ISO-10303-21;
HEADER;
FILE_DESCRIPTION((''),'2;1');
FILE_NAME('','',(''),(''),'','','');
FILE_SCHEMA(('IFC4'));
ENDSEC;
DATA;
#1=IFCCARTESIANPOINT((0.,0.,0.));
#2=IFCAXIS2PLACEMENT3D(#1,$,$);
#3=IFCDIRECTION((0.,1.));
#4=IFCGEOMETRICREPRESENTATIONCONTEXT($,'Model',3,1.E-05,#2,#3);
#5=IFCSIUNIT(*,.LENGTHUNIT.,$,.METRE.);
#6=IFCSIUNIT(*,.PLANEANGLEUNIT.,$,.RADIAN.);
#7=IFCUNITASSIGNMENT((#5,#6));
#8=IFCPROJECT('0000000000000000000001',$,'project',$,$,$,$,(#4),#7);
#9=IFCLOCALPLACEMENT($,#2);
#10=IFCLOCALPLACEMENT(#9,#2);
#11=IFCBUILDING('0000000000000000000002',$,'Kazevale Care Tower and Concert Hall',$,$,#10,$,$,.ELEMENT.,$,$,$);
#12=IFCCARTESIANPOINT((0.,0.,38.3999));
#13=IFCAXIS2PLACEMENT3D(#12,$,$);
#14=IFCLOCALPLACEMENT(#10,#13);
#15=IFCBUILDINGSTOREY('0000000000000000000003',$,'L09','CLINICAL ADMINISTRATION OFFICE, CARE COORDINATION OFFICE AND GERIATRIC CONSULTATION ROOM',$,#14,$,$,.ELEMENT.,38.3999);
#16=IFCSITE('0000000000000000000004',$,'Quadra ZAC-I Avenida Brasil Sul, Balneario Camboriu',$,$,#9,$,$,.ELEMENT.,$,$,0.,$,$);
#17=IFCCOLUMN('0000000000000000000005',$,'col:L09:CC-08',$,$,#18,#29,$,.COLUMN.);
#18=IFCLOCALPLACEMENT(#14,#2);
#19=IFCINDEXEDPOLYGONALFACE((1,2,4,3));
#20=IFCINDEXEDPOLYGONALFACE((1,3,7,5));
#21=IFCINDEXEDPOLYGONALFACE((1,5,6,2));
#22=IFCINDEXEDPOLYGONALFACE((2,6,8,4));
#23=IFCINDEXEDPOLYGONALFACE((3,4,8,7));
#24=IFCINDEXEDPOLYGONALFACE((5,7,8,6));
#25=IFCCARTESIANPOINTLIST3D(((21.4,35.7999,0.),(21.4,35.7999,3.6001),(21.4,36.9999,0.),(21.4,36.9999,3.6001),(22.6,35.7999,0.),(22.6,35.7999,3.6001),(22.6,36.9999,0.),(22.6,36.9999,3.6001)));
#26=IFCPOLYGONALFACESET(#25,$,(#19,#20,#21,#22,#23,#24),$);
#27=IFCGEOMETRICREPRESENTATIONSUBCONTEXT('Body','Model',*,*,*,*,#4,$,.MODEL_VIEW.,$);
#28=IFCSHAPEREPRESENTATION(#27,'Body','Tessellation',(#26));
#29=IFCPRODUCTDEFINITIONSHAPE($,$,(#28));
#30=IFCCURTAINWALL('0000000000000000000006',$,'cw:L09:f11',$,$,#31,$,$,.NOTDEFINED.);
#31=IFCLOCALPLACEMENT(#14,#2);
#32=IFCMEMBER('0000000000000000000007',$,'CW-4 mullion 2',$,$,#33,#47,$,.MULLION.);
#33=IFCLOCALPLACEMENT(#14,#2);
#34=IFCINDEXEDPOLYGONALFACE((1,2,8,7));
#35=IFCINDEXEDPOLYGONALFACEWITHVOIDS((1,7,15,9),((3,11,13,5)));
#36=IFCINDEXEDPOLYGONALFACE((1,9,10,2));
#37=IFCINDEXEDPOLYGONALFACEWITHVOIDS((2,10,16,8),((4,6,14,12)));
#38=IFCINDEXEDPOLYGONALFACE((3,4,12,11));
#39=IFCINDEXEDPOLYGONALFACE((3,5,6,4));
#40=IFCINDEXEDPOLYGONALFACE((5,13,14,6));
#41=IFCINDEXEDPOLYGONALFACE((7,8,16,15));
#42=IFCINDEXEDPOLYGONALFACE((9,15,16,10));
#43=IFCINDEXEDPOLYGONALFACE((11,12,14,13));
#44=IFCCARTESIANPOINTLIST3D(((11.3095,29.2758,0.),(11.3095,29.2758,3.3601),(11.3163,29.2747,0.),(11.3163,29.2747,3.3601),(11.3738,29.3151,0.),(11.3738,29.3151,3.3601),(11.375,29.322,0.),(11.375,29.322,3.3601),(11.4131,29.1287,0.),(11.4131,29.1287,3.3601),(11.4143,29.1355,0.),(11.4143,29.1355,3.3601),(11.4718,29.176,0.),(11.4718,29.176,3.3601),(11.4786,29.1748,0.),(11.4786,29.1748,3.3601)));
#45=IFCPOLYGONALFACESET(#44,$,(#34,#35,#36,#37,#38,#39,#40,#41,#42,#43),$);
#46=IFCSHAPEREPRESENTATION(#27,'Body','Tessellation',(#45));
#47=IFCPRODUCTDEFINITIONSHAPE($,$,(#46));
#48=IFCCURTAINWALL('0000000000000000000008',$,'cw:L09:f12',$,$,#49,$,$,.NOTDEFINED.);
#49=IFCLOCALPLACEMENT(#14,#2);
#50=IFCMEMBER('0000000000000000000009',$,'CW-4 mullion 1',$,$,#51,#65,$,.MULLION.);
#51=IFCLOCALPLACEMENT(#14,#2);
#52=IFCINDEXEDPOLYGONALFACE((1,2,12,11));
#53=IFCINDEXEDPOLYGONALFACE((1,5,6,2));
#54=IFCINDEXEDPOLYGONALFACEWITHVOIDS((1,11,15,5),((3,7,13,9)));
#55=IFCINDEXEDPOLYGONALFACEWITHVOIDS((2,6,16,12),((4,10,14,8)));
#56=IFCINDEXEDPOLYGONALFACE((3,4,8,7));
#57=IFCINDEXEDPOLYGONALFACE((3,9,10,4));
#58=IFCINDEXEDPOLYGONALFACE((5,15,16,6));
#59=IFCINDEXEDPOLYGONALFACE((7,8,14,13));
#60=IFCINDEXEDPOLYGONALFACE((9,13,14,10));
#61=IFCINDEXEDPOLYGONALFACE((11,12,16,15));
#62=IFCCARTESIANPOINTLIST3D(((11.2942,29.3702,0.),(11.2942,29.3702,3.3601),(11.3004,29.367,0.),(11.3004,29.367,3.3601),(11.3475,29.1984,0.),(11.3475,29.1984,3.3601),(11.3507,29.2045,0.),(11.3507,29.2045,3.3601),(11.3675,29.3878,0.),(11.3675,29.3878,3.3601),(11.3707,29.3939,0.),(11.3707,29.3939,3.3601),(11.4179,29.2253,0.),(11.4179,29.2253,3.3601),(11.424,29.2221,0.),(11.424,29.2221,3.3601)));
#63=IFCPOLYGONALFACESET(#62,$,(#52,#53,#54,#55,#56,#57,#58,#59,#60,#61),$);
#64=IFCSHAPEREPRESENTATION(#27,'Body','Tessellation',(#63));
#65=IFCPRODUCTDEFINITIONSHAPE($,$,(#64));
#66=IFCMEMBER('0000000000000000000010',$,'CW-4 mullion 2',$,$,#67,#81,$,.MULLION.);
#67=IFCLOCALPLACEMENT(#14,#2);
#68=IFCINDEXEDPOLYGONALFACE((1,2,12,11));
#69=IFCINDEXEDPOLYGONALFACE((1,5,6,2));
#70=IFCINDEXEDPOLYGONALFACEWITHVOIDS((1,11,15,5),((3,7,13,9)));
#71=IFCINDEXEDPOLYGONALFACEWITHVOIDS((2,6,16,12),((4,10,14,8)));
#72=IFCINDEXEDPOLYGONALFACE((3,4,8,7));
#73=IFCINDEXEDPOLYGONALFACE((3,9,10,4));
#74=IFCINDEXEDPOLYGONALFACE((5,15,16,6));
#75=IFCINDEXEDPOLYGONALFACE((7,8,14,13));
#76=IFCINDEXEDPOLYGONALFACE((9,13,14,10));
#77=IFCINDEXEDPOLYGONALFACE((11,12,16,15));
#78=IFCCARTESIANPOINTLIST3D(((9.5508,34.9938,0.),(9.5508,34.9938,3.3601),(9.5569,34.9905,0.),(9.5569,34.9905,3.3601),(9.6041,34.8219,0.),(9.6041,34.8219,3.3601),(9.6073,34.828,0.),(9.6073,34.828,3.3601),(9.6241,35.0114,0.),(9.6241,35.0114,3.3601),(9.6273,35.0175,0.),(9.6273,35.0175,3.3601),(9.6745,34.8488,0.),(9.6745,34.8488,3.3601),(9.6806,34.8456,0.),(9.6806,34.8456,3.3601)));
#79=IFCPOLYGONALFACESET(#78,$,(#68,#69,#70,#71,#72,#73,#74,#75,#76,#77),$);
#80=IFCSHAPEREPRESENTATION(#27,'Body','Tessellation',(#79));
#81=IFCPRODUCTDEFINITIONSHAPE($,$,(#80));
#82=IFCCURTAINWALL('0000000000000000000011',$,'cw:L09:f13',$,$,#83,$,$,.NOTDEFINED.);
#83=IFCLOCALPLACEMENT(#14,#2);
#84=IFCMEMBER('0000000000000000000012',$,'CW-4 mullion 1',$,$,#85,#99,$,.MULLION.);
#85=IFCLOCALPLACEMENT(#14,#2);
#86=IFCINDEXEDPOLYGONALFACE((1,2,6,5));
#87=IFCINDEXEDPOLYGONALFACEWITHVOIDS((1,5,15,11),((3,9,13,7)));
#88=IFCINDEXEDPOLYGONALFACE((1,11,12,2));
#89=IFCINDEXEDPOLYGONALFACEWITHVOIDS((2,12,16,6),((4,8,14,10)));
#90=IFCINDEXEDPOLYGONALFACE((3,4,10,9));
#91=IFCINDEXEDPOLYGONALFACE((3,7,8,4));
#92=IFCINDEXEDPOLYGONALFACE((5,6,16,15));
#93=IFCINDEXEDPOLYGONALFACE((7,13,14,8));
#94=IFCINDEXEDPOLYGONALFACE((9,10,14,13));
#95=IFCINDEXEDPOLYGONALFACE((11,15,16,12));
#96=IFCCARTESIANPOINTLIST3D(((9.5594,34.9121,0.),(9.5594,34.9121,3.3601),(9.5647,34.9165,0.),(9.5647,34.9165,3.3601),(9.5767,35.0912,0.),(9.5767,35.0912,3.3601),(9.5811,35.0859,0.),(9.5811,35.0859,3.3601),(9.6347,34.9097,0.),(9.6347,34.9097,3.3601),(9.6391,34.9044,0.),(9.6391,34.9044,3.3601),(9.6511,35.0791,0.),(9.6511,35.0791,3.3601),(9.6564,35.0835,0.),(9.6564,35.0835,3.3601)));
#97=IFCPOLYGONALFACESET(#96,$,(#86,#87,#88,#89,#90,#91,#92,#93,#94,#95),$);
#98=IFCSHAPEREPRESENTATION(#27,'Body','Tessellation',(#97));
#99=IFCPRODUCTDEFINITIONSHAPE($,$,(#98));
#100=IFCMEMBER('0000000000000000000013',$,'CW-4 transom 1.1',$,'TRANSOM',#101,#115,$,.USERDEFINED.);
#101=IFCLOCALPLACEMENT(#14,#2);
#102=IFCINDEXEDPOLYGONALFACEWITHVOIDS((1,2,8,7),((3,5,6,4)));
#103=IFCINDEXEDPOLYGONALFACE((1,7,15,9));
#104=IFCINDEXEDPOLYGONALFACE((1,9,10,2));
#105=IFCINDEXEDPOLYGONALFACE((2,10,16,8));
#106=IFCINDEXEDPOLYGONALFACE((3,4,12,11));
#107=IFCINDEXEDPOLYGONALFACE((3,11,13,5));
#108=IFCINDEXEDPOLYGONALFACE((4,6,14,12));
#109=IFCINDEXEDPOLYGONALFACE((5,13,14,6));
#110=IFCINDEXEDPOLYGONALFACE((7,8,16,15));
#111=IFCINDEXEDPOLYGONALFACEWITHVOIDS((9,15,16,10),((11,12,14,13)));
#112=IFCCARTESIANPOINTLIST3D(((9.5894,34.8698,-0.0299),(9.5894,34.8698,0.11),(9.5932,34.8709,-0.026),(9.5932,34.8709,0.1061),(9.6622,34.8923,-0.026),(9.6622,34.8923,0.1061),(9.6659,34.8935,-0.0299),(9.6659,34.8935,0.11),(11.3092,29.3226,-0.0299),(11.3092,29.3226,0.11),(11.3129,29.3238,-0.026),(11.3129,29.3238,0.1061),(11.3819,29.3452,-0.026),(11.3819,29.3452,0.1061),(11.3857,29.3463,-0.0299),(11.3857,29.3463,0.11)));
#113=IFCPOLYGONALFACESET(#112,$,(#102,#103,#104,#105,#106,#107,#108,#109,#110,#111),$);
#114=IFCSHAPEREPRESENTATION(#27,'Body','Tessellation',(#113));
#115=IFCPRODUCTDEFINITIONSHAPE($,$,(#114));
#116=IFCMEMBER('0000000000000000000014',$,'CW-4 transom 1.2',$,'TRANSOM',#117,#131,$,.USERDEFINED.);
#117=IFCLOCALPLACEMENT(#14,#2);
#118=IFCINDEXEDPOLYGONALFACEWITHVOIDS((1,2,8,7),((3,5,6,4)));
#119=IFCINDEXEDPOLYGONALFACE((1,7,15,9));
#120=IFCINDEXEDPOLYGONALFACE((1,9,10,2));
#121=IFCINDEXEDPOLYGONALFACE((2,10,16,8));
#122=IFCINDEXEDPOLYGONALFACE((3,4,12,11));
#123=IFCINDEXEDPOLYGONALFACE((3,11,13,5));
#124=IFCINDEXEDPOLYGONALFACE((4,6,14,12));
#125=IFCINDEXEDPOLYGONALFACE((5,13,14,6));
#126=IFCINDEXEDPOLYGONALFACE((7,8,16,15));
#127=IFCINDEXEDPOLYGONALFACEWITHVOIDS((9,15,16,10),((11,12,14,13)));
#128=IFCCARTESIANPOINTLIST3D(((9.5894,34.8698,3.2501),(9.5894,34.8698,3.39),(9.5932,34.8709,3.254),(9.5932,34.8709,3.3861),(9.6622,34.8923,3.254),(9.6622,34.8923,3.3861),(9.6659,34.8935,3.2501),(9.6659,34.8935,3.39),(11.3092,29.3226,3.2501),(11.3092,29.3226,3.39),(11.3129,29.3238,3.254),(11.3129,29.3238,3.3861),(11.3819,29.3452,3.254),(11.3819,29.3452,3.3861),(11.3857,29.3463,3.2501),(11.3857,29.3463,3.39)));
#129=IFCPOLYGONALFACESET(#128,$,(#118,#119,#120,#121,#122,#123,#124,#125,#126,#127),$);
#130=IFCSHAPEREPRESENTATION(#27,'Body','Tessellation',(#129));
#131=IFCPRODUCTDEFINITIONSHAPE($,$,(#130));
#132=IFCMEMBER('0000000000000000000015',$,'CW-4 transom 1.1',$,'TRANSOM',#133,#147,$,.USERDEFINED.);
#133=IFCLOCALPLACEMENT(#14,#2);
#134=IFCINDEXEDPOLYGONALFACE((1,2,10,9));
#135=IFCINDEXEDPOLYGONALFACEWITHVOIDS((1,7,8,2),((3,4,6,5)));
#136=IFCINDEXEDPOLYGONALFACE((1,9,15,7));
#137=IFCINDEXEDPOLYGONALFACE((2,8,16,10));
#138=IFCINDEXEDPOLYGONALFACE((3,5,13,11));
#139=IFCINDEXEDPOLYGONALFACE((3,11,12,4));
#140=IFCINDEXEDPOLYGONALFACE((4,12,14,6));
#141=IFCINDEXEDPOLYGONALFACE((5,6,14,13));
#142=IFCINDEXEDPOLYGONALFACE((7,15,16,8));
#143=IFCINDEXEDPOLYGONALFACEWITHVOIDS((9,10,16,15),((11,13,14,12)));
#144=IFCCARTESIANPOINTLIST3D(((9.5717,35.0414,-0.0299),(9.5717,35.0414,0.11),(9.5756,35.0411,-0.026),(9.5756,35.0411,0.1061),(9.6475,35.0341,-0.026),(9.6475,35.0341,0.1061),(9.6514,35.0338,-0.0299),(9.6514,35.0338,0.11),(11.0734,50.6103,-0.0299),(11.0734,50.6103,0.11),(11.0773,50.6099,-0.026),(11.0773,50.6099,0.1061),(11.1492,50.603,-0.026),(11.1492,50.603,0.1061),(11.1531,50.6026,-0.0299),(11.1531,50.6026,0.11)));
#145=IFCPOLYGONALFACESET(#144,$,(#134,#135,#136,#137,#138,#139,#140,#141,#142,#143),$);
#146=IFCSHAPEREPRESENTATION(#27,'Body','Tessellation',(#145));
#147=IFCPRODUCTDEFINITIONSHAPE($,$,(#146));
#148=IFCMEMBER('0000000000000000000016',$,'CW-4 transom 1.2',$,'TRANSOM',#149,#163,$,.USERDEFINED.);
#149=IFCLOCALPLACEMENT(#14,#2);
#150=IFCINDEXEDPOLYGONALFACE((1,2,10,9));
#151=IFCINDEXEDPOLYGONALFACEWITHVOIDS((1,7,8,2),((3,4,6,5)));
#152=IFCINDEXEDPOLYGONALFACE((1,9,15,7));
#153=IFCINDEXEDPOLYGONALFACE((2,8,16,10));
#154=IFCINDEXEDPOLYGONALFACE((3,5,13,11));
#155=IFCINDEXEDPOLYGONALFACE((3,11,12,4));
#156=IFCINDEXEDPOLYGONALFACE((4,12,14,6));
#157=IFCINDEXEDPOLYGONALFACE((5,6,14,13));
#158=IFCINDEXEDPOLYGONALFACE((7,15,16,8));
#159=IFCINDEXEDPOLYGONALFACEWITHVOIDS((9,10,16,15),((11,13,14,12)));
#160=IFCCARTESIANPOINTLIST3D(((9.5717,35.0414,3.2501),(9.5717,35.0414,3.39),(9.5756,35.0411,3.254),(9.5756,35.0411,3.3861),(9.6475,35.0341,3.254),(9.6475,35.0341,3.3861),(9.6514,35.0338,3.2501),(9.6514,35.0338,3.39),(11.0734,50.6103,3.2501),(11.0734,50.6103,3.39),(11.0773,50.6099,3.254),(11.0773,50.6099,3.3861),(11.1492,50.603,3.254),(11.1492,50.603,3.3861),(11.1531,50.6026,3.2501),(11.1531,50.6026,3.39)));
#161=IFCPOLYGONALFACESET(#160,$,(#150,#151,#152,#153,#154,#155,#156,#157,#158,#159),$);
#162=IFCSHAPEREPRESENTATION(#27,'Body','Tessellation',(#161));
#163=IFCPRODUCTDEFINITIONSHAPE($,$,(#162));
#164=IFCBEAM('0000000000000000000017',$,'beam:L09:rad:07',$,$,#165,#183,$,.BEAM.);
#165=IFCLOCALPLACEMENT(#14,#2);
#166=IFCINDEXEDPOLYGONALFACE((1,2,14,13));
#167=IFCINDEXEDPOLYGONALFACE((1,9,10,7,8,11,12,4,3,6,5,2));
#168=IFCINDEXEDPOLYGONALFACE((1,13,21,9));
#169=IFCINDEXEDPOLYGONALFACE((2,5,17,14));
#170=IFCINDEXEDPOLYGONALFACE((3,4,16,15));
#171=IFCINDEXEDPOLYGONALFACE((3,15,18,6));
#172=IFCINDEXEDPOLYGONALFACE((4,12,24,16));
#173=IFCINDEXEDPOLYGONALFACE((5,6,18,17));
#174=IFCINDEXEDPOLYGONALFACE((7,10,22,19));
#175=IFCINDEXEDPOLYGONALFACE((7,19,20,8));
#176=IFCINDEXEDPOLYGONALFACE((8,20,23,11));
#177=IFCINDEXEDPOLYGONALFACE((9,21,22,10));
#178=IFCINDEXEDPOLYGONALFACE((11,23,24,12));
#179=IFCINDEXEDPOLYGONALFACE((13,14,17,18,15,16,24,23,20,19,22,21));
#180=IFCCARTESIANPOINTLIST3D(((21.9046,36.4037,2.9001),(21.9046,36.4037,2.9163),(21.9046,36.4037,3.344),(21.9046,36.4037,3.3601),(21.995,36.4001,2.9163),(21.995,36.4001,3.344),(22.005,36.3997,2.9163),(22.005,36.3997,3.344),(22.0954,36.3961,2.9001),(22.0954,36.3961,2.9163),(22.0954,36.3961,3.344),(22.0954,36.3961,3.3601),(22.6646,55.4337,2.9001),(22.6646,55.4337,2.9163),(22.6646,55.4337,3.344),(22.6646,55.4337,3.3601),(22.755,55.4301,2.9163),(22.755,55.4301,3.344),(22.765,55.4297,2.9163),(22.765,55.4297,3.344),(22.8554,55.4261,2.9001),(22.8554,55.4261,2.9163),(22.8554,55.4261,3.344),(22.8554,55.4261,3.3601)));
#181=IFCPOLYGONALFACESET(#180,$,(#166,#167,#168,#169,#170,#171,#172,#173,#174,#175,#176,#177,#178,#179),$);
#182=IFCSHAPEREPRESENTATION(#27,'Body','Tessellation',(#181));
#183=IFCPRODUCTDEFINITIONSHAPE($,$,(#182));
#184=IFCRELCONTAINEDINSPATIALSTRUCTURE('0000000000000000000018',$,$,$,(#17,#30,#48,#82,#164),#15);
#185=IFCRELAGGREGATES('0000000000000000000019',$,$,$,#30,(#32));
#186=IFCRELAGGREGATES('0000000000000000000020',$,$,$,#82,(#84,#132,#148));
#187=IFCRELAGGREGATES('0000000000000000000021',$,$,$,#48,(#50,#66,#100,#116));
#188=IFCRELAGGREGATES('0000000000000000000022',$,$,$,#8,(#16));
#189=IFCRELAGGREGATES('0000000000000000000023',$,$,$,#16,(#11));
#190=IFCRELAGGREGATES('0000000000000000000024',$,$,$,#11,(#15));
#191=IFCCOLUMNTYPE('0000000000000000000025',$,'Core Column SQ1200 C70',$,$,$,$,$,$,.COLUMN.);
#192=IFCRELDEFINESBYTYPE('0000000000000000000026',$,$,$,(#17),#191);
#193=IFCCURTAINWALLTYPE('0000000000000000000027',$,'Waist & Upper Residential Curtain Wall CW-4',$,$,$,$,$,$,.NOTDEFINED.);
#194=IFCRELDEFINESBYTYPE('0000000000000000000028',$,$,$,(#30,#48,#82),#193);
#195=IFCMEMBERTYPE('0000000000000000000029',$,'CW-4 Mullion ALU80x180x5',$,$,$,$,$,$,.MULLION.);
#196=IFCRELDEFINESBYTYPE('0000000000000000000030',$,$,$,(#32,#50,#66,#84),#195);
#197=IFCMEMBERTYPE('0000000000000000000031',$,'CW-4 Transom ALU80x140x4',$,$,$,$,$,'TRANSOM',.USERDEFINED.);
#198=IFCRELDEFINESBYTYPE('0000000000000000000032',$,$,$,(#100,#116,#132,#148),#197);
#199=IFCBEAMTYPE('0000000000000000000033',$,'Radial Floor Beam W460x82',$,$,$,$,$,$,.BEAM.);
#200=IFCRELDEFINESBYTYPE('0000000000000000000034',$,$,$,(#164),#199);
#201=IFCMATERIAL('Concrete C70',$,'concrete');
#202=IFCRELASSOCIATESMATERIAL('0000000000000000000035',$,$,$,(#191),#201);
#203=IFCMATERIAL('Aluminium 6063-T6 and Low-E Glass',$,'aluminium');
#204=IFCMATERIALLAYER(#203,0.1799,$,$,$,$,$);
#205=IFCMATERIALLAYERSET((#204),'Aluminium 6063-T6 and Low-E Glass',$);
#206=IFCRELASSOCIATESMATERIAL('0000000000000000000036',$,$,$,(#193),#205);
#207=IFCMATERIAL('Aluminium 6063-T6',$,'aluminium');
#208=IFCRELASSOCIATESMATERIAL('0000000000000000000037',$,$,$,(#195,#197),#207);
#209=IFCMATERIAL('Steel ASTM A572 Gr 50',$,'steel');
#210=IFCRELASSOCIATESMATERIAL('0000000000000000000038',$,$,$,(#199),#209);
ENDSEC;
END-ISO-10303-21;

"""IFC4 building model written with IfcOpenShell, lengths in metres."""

from ifc_helpers import new_model, si_unit, direction, frame, origin, origin_2d, place, context, subcontext, project, spatial, rectangle, hollow_rectangle, i_section, extrude, material, layer, layer_set, material_profile, profile_set, type_object, element, aggregate, save


model = new_model("IFC4")

# Units and contexts
model_context = context("Model", 3, precision=1e-05, world=origin(), true_north=direction((0.0, 1.0)))
body_context = subcontext(model_context, "Body", "Model", "MODEL_VIEW")
ifc_project = project(units=[si_unit("LENGTHUNIT", "METRE"), si_unit("PLANEANGLEUNIT", "RADIAN")], contexts=[model_context])

# Site, building, storey
site_placement = place(None, origin())
site = spatial("IfcSite", under=ifc_project, at=site_placement, Name="Quadra ZAC-I Avenida Brasil Sul, Balneario Camboriu", CompositionType="ELEMENT", RefElevation=0.0)
building_placement = place(site_placement, origin())
building = spatial("IfcBuilding", under=site, at=building_placement, Name="Kazevale Care Tower and Concert Hall", CompositionType="ELEMENT")
storey_placement = place(building_placement, frame((0.0, 0.0, 38.3999)))
storey = spatial("IfcBuildingStorey", under=building, at=storey_placement, Name="L09", Description="CLINICAL ADMINISTRATION OFFICE, CARE COORDINATION OFFICE AND GERIATRIC CONSULTATION ROOM", CompositionType="ELEMENT", Elevation=38.3999)

# Column
ifc_material_1 = material(Name="Concrete C70", Category="concrete")
ifc_material_profile_1 = material_profile(ifc_material_1, rectangle(XDim=1.2, YDim=1.2, at=origin_2d()), Name="RC-SQ1200")
ifc_profile_set_1 = profile_set([ifc_material_profile_1], Name="Concrete C70")
column_type = type_object("IfcColumnType", Name="Core Column SQ1200 C70", PredefinedType="COLUMN", material=ifc_profile_set_1)
column_placement = place(storey_placement, frame((22.0, 36.3999, 0.0), z_axis=(0.0, 0.0, 1.0), x_axis=(1.0, 0.0, 0.0)))
element("IfcColumn", 1, at=column_placement, inside=storey, type_object=column_type, Name="col:L09:CC-08", PredefinedType="COLUMN", context=body_context, shape_type="SweptSolid", body=[
    extrude(rectangle(XDim=1.2, YDim=1.2, at=origin_2d()), origin(), (0.0, 0.0, 1.0), 3.6001),
])

# Curtain wall, member
ifc_material_2 = material(Name="Aluminium 6063-T6 and Low-E Glass", Category="aluminium")
ifc_layer_1 = layer(ifc_material_2, 0.1799)
ifc_layer_set_1 = layer_set([ifc_layer_1], Name="Aluminium 6063-T6 and Low-E Glass")
curtain_wall_type = type_object("IfcCurtainWallType", Name="Waist & Upper Residential Curtain Wall CW-4", PredefinedType="NOTDEFINED", material=ifc_layer_set_1)
curtain_wall_1_placement = place(storey_placement, origin())
curtain_wall_1 = element("IfcCurtainWall", 2, at=curtain_wall_1_placement, inside=storey, type_object=curtain_wall_type, Name="cw:L09:f11", PredefinedType="NOTDEFINED")
ifc_material_3 = material(Name="Aluminium 6063-T6", Category="aluminium")
ifc_material_profile_2 = material_profile(ifc_material_3, hollow_rectangle(XDim=0.0801, YDim=0.1799, WallThickness=0.0049, at=origin_2d()), Name="ALU80x180x5")
ifc_profile_set_2 = profile_set([ifc_material_profile_2], Name="Aluminium 6063-T6")
member_type_1 = type_object("IfcMemberType", Name="CW-4 Mullion ALU80x180x5", PredefinedType="MULLION", material=ifc_profile_set_2)
member_1_placement = place(storey_placement, frame((11.394, 29.2253, 0.0), z_axis=(0.0, 0.0, 1.0), x_axis=(-0.817565, -0.575837, 0.0)))
member_1 = element("IfcMember", 3, at=member_1_placement, type_object=member_type_1, Name="CW-4 mullion 2", PredefinedType="MULLION", context=body_context, shape_type="SweptSolid", body=[
    extrude(hollow_rectangle(XDim=0.0801, YDim=0.1799, WallThickness=0.0049, at=origin_2d()), origin(), (0.0, 0.0, 1.0), 3.3601),
])
aggregate(curtain_wall_1, [member_1])

# Curtain wall, members
curtain_wall_2_placement = place(storey_placement, origin())
curtain_wall_2 = element("IfcCurtainWall", 4, at=curtain_wall_2_placement, inside=storey, type_object=curtain_wall_type, Name="cw:L09:f12", PredefinedType="NOTDEFINED")
member_2_placement = place(storey_placement, frame((11.3591, 29.2961, 0.0), z_axis=(0.0, 0.0, 1.0), x_axis=(-0.955157, -0.296099, 0.0)))
member_2 = element("IfcMember", 5, at=member_2_placement, type_object=member_type_1, Name="CW-4 mullion 1", PredefinedType="MULLION", context=body_context, shape_type="SweptSolid", body=[
    extrude(hollow_rectangle(XDim=0.0801, YDim=0.1799, WallThickness=0.0049, at=origin_2d()), origin(), (0.0, 0.0, 1.0), 3.3601),
])
member_3_placement = place(storey_placement, frame((9.6157, 34.9197, 0.0), z_axis=(0.0, 0.0, 1.0), x_axis=(-0.955157, -0.296099, 0.0)))
member_3 = element("IfcMember", 6, at=member_3_placement, type_object=member_type_1, Name="CW-4 mullion 2", PredefinedType="MULLION", context=body_context, shape_type="SweptSolid", body=[
    extrude(hollow_rectangle(XDim=0.0801, YDim=0.1799, WallThickness=0.0049, at=origin_2d()), origin(), (0.0, 0.0, 1.0), 3.3601),
])

# Curtain wall, member
curtain_wall_3_placement = place(storey_placement, origin())
curtain_wall_3 = element("IfcCurtainWall", 7, at=curtain_wall_3_placement, inside=storey, type_object=curtain_wall_type, Name="cw:L09:f13", PredefinedType="NOTDEFINED")
member_4_placement = place(storey_placement, frame((9.6079, 34.9978, 0.0), z_axis=(0.0, 0.0, 1.0), x_axis=(-0.995381, 0.096007, 0.0)))
member_4 = element("IfcMember", 8, at=member_4_placement, type_object=member_type_1, Name="CW-4 mullion 1", PredefinedType="MULLION", context=body_context, shape_type="SweptSolid", body=[
    extrude(hollow_rectangle(XDim=0.0801, YDim=0.1799, WallThickness=0.0049, at=origin_2d()), origin(), (0.0, 0.0, 1.0), 3.3601),
])

# Members
ifc_material_profile_3 = material_profile(ifc_material_3, hollow_rectangle(XDim=0.0801, YDim=0.1399, WallThickness=0.0039, at=origin_2d()), Name="ALU80x140x4")
ifc_profile_set_3 = profile_set([ifc_material_profile_3], Name="Aluminium 6063-T6")
member_type_2 = type_object("IfcMemberType", Name="CW-4 Transom ALU80x140x4", ElementType="TRANSOM", PredefinedType="USERDEFINED", material=ifc_profile_set_3)
member_5_placement = place(storey_placement, frame((11.3474, 29.3345, 0.04), z_axis=(-0.296118, 0.955152, 0.0), x_axis=(-0.955152, -0.296118, 0.0)))
member_5 = element("IfcMember", 9, at=member_5_placement, type_object=member_type_2, Name="CW-4 transom 1.1", ObjectType="TRANSOM", PredefinedType="USERDEFINED", context=body_context, shape_type="SweptSolid", body=[
    extrude(hollow_rectangle(XDim=0.0801, YDim=0.1399, WallThickness=0.0039, at=origin_2d()), origin(), (0.0, 0.0, 1.0), 5.8076),
])
member_6_placement = place(storey_placement, frame((11.3474, 29.3345, 3.3201), z_axis=(-0.296118, 0.955152, 0.0), x_axis=(-0.955152, -0.296118, 0.0)))
member_6 = element("IfcMember", 10, at=member_6_placement, type_object=member_type_2, Name="CW-4 transom 1.2", ObjectType="TRANSOM", PredefinedType="USERDEFINED", context=body_context, shape_type="SweptSolid", body=[
    extrude(hollow_rectangle(XDim=0.0801, YDim=0.1399, WallThickness=0.0039, at=origin_2d()), origin(), (0.0, 0.0, 1.0), 5.8076),
])
member_7_placement = place(storey_placement, frame((9.6116, 35.0376, 0.04), z_axis=(0.09601, 0.99538, 0.0), x_axis=(-0.99538, 0.09601, 0.0)))
member_7 = element("IfcMember", 11, at=member_7_placement, type_object=member_type_2, Name="CW-4 transom 1.1", ObjectType="TRANSOM", PredefinedType="USERDEFINED", context=body_context, shape_type="SweptSolid", body=[
    extrude(hollow_rectangle(XDim=0.0801, YDim=0.1399, WallThickness=0.0039, at=origin_2d()), origin(), (0.0, 0.0, 1.0), 15.6411),
])
member_8_placement = place(storey_placement, frame((9.6116, 35.0376, 3.3201), z_axis=(0.09601, 0.99538, 0.0), x_axis=(-0.99538, 0.09601, 0.0)))
member_8 = element("IfcMember", 12, at=member_8_placement, type_object=member_type_2, Name="CW-4 transom 1.2", ObjectType="TRANSOM", PredefinedType="USERDEFINED", context=body_context, shape_type="SweptSolid", body=[
    extrude(hollow_rectangle(XDim=0.0801, YDim=0.1399, WallThickness=0.0039, at=origin_2d()), origin(), (0.0, 0.0, 1.0), 15.6411),
])
aggregate(curtain_wall_3, [member_4, member_7, member_8])

# Beam
ifc_material_4 = material(Name="Steel ASTM A572 Gr 50", Category="steel")
ifc_material_profile_4 = material_profile(ifc_material_4, i_section(OverallWidth=0.1909, OverallDepth=0.46, WebThickness=0.01, FlangeThickness=0.0161, at=origin_2d()), Name="W460x82")
ifc_profile_set_4 = profile_set([ifc_material_profile_4], Name="Steel ASTM A572 Gr 50")
beam_type = type_object("IfcBeamType", Name="Radial Floor Beam W460x82", PredefinedType="BEAM", material=ifc_profile_set_4)
beam_1_placement = place(storey_placement, frame((22.0, 36.3999, 3.1301), z_axis=(0.039906, 0.999203, 0.0), x_axis=(-0.999203, 0.039906, 0.0)))
element("IfcBeam", 13, at=beam_1_placement, inside=storey, type_object=beam_type, Name="beam:L09:rad:07", PredefinedType="BEAM", context=body_context, shape_type="SweptSolid", body=[
    extrude(i_section(OverallWidth=0.1909, OverallDepth=0.46, WebThickness=0.01, FlangeThickness=0.0161, at=origin_2d()), origin(), (0.0, 0.0, 1.0), 19.0452),
])

aggregate(curtain_wall_2, [member_2, member_3, member_5, member_6])

save(model, "model.ifc")
